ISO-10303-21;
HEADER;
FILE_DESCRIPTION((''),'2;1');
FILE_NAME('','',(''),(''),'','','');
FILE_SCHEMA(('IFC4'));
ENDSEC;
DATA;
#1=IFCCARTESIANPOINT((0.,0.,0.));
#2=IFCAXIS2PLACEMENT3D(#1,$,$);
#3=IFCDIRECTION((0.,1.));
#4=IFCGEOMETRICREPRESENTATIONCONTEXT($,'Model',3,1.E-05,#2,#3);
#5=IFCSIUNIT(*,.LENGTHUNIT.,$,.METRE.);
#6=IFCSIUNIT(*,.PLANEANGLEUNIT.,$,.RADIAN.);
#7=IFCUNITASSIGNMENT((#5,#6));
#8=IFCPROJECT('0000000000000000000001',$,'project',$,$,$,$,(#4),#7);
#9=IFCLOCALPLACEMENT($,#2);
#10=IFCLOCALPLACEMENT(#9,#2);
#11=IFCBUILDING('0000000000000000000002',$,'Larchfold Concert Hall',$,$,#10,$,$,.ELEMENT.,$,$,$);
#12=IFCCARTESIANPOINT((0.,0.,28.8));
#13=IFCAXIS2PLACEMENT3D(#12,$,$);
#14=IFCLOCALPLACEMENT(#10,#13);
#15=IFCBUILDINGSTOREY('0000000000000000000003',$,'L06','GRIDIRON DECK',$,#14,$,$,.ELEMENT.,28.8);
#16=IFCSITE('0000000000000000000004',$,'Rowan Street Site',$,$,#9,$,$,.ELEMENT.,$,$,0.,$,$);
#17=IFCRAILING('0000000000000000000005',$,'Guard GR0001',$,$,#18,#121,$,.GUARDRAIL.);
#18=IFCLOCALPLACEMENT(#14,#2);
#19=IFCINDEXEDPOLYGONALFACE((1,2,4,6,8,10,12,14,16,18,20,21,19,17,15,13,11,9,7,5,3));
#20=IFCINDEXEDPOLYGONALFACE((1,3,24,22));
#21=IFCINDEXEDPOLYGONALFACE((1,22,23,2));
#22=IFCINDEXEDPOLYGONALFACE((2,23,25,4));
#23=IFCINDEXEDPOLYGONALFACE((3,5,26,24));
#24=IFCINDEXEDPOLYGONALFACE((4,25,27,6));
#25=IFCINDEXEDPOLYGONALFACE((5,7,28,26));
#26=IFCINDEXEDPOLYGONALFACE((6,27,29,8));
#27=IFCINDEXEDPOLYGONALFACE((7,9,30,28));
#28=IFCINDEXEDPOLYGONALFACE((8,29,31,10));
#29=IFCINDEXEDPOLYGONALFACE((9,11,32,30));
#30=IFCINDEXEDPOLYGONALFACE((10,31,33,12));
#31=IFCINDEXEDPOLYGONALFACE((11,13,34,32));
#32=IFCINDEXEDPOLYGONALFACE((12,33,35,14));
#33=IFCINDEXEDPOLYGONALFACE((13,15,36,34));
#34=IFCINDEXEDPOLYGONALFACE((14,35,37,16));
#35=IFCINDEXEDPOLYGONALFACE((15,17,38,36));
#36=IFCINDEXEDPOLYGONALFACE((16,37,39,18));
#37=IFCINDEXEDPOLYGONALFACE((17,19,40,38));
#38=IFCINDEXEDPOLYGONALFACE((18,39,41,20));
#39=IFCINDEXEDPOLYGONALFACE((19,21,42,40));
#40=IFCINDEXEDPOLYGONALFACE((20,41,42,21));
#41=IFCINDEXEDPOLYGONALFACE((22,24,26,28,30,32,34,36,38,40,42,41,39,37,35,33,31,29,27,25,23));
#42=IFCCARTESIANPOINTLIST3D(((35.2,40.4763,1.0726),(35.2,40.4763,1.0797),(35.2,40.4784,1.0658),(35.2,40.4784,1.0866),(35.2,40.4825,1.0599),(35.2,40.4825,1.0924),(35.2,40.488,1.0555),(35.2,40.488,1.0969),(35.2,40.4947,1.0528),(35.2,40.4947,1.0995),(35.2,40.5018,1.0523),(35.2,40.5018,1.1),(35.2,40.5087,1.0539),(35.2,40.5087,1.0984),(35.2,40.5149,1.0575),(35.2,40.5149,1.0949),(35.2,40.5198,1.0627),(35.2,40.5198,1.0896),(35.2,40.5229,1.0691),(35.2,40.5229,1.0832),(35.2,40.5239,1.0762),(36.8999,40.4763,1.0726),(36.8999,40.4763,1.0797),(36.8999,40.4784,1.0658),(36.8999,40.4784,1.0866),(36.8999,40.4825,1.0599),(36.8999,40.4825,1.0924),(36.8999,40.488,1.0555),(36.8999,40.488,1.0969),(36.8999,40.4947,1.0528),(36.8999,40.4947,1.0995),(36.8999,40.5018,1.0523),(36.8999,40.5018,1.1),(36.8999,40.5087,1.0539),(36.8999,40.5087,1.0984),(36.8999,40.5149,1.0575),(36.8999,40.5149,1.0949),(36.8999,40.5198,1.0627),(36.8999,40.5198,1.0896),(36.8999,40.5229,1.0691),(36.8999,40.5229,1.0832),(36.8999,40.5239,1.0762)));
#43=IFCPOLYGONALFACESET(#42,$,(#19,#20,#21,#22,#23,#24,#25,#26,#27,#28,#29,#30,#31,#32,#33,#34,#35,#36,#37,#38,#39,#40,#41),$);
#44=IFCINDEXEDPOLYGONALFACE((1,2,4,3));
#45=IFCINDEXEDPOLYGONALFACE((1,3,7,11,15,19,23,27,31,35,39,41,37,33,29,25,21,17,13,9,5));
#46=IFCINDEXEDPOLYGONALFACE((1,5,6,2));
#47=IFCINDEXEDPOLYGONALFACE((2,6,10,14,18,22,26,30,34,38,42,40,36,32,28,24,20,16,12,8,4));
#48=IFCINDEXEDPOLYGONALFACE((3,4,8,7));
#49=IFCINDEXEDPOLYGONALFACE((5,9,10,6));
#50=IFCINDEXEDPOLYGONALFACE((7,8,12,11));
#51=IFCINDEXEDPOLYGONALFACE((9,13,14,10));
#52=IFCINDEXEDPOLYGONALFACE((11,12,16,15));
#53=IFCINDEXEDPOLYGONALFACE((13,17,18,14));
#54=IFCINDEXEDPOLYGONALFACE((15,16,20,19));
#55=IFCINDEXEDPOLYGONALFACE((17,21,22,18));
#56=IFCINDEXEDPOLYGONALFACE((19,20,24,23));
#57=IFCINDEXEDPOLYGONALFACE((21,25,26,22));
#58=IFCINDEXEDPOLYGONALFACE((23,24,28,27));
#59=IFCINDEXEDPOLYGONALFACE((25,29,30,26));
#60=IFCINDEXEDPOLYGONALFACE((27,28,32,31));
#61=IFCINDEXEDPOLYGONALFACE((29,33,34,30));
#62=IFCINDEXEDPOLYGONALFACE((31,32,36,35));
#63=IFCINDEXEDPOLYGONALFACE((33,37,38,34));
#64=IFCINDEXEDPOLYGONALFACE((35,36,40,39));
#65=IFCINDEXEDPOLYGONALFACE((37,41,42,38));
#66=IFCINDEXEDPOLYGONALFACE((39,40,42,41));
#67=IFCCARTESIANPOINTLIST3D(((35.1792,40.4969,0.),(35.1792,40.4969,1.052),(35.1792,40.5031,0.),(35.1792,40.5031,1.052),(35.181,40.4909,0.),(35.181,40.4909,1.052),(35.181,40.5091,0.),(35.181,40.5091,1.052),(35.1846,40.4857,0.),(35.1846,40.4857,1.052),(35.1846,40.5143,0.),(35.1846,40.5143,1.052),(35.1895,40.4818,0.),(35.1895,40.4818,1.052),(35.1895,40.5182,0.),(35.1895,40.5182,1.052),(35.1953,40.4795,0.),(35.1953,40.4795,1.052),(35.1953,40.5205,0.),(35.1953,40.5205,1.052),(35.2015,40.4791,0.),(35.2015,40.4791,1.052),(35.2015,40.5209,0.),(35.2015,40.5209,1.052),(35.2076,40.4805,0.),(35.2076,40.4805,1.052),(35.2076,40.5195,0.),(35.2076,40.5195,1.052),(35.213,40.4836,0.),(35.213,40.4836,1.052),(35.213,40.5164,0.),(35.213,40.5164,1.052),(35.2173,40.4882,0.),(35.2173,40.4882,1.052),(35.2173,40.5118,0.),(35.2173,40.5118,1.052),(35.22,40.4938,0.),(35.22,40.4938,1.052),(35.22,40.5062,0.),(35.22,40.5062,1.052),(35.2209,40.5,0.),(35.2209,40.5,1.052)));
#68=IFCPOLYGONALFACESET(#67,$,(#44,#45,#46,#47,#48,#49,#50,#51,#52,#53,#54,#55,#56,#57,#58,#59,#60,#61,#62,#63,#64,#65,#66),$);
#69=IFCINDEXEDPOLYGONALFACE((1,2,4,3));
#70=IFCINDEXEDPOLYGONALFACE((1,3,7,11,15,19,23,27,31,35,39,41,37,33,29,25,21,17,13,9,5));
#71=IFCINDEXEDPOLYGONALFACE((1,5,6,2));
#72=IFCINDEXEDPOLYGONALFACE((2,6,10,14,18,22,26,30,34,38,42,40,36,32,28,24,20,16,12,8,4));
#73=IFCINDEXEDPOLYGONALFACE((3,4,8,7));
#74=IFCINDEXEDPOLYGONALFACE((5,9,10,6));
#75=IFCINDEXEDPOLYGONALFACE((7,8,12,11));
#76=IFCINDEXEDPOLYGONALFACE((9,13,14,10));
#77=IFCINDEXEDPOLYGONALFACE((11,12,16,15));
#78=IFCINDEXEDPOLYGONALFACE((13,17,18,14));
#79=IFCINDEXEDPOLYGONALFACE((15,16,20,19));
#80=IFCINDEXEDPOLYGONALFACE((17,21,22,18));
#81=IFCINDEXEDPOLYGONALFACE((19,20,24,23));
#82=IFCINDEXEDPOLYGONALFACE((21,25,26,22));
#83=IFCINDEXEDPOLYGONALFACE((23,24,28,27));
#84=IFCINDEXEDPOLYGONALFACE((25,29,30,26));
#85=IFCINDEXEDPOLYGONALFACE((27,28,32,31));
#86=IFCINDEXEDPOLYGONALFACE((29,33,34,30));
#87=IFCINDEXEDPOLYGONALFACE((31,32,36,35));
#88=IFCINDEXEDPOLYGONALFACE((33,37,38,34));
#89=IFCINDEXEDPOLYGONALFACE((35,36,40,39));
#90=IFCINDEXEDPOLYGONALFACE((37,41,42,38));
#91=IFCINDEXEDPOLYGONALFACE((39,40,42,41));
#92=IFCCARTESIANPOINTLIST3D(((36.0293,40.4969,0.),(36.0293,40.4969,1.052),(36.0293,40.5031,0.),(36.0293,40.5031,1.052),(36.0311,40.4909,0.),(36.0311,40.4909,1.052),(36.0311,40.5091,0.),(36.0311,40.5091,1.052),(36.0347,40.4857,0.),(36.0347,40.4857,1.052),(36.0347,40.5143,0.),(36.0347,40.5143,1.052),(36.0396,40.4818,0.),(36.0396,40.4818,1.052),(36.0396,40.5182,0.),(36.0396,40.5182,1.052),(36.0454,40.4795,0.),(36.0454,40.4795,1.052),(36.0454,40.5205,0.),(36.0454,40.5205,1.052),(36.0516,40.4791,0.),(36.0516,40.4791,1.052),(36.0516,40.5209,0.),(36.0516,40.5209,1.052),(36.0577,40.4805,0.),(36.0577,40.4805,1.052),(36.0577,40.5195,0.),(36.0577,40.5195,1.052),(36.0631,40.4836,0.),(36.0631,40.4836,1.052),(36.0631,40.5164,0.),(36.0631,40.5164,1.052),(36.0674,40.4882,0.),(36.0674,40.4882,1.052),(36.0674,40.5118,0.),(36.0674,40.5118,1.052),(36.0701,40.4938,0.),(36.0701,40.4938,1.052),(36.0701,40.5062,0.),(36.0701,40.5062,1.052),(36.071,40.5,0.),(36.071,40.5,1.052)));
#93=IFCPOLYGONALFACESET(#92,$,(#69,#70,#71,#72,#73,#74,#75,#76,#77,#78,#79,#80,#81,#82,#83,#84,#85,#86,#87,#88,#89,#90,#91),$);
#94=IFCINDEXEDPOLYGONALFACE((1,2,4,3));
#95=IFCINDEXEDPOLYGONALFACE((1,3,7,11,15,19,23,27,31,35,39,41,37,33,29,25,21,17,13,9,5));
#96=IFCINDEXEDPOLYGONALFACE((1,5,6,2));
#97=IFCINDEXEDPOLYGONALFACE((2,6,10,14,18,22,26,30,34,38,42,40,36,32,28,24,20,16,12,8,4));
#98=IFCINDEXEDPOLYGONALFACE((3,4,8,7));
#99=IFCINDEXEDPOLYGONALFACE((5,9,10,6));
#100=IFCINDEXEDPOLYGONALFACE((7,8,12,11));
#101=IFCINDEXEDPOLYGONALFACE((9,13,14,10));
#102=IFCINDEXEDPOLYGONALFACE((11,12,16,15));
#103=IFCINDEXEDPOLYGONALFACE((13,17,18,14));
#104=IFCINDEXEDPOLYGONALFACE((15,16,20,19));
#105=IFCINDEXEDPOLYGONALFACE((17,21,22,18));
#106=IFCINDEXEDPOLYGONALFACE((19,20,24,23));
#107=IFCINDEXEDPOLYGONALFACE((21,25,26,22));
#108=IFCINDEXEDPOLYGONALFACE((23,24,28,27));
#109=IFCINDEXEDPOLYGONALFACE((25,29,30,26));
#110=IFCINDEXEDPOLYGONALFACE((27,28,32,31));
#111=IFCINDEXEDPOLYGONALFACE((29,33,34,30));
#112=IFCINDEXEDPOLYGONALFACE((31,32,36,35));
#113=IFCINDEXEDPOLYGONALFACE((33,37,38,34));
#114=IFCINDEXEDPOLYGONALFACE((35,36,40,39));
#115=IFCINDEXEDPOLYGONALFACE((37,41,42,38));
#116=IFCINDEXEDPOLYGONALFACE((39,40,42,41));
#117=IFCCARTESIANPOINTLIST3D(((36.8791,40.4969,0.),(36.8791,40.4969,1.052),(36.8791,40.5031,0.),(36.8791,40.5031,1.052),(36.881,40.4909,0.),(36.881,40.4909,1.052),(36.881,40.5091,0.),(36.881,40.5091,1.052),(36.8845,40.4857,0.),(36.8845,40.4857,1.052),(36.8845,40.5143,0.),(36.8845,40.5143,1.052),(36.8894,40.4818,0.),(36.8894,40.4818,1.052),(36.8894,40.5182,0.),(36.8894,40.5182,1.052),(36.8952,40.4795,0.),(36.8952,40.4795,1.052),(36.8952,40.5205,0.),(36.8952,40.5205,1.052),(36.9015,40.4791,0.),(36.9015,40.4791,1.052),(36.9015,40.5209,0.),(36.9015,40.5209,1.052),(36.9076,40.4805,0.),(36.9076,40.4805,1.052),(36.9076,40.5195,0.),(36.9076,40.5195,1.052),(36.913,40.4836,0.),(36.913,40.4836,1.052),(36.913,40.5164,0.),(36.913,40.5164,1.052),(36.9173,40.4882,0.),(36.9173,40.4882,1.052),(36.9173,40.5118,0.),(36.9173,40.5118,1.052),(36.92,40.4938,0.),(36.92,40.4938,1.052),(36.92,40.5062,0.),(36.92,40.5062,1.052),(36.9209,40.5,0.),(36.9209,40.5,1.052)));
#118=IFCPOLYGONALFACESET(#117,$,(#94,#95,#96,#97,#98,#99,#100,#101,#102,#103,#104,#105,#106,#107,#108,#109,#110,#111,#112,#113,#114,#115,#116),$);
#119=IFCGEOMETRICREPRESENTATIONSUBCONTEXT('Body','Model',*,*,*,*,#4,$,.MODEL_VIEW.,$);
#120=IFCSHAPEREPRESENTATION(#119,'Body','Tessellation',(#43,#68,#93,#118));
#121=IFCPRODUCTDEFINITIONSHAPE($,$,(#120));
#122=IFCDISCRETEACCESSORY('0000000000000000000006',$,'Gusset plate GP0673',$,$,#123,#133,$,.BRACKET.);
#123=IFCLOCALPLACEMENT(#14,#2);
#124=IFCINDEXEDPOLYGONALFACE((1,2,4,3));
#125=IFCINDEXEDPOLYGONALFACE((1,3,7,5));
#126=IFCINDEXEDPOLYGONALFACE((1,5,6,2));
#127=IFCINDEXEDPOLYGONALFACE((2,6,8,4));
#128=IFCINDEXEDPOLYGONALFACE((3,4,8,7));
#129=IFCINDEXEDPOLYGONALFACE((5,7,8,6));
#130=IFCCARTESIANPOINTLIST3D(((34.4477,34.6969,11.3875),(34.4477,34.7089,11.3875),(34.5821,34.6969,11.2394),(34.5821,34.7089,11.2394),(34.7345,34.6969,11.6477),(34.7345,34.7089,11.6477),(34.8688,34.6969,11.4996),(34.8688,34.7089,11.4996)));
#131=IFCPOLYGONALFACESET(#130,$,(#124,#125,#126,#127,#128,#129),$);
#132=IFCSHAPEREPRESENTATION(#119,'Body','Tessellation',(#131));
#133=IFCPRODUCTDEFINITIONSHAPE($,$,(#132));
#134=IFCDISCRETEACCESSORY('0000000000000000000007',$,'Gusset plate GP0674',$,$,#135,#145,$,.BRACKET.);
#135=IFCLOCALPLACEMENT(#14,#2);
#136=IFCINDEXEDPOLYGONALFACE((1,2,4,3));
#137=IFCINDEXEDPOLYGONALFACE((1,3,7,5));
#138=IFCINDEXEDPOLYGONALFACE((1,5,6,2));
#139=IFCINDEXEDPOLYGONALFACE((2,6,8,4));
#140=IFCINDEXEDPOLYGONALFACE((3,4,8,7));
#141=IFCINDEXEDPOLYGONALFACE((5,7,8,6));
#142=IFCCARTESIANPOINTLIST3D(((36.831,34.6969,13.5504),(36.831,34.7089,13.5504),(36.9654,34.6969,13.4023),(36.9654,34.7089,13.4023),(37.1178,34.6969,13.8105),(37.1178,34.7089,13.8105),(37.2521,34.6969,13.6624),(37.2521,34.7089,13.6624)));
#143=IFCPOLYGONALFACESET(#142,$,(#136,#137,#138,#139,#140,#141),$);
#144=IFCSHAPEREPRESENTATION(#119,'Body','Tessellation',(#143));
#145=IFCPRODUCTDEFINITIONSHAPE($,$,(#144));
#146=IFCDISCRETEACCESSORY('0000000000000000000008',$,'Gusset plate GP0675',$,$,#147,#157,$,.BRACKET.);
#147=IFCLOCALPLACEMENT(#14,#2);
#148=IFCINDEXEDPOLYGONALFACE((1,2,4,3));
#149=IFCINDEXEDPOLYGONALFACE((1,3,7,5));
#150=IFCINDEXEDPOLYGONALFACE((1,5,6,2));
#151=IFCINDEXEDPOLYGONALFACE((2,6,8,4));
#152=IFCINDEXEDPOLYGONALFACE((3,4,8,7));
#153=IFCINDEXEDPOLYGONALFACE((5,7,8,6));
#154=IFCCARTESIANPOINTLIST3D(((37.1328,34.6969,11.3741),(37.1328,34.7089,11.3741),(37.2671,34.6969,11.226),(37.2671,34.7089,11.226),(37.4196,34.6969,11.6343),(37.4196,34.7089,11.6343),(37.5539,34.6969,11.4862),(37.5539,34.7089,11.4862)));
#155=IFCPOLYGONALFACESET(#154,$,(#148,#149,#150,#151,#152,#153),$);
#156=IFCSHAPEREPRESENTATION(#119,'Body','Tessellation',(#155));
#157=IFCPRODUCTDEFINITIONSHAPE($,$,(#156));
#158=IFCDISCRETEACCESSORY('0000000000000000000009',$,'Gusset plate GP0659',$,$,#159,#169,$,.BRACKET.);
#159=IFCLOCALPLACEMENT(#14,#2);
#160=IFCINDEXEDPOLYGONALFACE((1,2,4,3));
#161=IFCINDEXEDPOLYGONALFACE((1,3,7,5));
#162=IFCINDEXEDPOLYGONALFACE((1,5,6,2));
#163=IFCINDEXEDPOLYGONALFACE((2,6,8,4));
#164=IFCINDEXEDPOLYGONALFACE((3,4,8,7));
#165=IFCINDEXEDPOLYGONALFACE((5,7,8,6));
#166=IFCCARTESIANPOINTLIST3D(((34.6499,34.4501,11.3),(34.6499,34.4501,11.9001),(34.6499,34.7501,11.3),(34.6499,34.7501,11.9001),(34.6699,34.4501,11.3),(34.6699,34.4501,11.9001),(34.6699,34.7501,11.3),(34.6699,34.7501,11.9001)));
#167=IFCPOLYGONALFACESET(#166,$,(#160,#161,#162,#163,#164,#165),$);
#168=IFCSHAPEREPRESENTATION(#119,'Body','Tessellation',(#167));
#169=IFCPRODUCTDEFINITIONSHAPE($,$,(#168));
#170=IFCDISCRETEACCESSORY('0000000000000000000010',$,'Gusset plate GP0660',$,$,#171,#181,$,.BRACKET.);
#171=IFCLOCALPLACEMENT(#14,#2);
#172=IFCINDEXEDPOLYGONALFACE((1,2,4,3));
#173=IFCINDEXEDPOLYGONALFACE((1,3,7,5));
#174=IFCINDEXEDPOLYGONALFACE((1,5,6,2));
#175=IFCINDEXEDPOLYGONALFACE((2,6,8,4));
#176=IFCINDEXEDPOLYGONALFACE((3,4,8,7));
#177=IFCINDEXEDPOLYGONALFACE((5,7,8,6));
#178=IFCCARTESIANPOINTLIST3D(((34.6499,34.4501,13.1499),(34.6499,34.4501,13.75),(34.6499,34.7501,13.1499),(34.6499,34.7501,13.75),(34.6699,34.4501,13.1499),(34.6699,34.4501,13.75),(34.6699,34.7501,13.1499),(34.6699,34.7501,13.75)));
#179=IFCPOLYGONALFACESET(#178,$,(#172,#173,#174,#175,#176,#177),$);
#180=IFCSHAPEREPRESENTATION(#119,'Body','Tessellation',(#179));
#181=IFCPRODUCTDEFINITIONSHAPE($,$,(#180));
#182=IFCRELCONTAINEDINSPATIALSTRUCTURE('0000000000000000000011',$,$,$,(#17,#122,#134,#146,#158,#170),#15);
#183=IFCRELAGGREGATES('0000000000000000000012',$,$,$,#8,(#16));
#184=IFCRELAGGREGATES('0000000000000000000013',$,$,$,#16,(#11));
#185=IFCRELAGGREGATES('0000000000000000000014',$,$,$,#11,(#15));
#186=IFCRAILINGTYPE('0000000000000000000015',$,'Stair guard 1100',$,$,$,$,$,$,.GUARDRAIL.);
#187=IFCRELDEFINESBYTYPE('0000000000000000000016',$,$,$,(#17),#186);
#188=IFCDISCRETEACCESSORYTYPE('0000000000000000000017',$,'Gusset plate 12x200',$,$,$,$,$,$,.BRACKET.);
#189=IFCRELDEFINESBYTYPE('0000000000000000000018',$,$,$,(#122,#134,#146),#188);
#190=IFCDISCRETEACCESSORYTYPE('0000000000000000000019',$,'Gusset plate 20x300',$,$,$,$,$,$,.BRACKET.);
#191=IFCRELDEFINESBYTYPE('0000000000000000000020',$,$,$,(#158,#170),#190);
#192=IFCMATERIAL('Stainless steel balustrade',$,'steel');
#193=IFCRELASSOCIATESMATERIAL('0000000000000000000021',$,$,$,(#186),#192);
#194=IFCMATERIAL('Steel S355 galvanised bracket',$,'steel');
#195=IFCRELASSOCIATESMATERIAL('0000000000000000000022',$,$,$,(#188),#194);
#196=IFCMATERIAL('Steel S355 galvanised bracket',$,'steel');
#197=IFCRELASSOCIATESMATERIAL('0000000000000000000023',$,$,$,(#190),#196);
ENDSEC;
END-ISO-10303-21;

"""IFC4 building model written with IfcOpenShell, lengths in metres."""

from ifc_helpers import new_model, si_unit, direction, frame, origin, origin_2d, place, context, subcontext, project, spatial, rectangle, circle, extrude, material, material_profile, profile_set, type_object, element, save


model = new_model("IFC4")

# Units and contexts
model_context = context("Model", 3, precision=1e-05, world=origin(), true_north=direction((0.0, 1.0)))
body_context = subcontext(model_context, "Body", "Model", "MODEL_VIEW")
ifc_project = project(units=[si_unit("LENGTHUNIT", "METRE"), si_unit("PLANEANGLEUNIT", "RADIAN")], contexts=[model_context])

# Site, building, storey
site_placement = place(None, origin())
site = spatial("IfcSite", under=ifc_project, at=site_placement, Name="Rowan Street Site", CompositionType="ELEMENT", RefElevation=0.0)
building_placement = place(site_placement, origin())
building = spatial("IfcBuilding", under=site, at=building_placement, Name="Larchfold Concert Hall", CompositionType="ELEMENT")
storey_placement = place(building_placement, frame((0.0, 0.0, 28.8)))
storey = spatial("IfcBuildingStorey", under=building, at=storey_placement, Name="L06", Description="GRIDIRON DECK", CompositionType="ELEMENT", Elevation=28.8)

# Railing
ifc_material_1 = material(Name="Stainless steel balustrade", Category="steel")
railing_type = type_object("IfcRailingType", Name="Stair guard 1100", PredefinedType="GUARDRAIL", material=ifc_material_1)
railing_placement = place(storey_placement, frame((35.2, 40.5, 0.0)))
element("IfcRailing", 1, at=railing_placement, inside=storey, type_object=railing_type, Name="Guard GR0001", PredefinedType="GUARDRAIL", context=body_context, shape_type="SweptSolid", body=[
    extrude(circle(Radius=0.0239, at=origin_2d()), frame((0.0, 0.0, 1.0762), z_axis=(1.0, 0.0, 0.0), x_axis=(0.0, 1.0, 0.0)), (0.0, 0.0, 1.0), 1.7),
    extrude(circle(Radius=0.021, at=origin_2d()), origin(), (0.0, 0.0, 1.0), 1.052),
    extrude(circle(Radius=0.021, at=origin_2d()), frame((0.8501, 0.0, 0.0)), (0.0, 0.0, 1.0), 1.052),
    extrude(circle(Radius=0.021, at=origin_2d()), frame((1.7, 0.0, 0.0)), (0.0, 0.0, 1.0), 1.052),
])

# Discrete accessories
ifc_material_2 = material(Name="Steel S355 galvanised bracket", Category="steel")
ifc_material_profile_1 = material_profile(ifc_material_2, rectangle(XDim=0.012, YDim=0.2, at=origin_2d()))
ifc_profile_set_1 = profile_set([ifc_material_profile_1], Name="Steel S355 galvanised bracket")
discrete_accessory_type_1 = type_object("IfcDiscreteAccessoryType", Name="Gusset plate 12x200", PredefinedType="BRACKET", material=ifc_profile_set_1)
for number, where, z_axis, x_axis, name in (
    (2, (34.5149, 34.7029, 11.3135), (0.740624, 0.0, 0.671919), (0.0, 1.0, 0.0), "Gusset plate GP0673"),
    (3, (36.8982, 34.7029, 13.4763), (0.740624, 0.0, 0.671919), (0.0, 1.0, 0.0), "Gusset plate GP0674"),
    (4, (37.2, 34.7029, 11.3), (0.740624, 0.0, 0.671919), (0.0, 1.0, 0.0), "Gusset plate GP0675"),
):
    element("IfcDiscreteAccessory", number, at=place(storey_placement, frame(where, z_axis=z_axis, x_axis=x_axis)), inside=storey, type_object=discrete_accessory_type_1, Name=name, PredefinedType="BRACKET", context=body_context, shape_type="SweptSolid", body=[
        extrude(rectangle(XDim=0.012, YDim=0.2, at=origin_2d()), origin(), (0.0, 0.0, 1.0), 0.3872),
    ])
ifc_material_3 = material(Name="Steel S355 galvanised bracket", Category="steel")
ifc_material_profile_2 = material_profile(ifc_material_3, rectangle(XDim=0.02, YDim=0.3, at=origin_2d()))
ifc_profile_set_2 = profile_set([ifc_material_profile_2], Name="Steel S355 galvanised bracket")
discrete_accessory_type_2 = type_object("IfcDiscreteAccessoryType", Name="Gusset plate 20x300", PredefinedType="BRACKET", material=ifc_profile_set_2)
for number, where, z_axis, x_axis, name in (
    (5, (34.6599, 34.6001, 11.3), (0.0, 0.0, 1.0), (1.0, 0.0, 0.0), "Gusset plate GP0659"),
    (6, (34.6599, 34.6001, 13.1499), (0.0, 0.0, 1.0), (1.0, 0.0, 0.0), "Gusset plate GP0660"),
):
    element("IfcDiscreteAccessory", number, at=place(storey_placement, frame(where, z_axis=z_axis, x_axis=x_axis)), inside=storey, type_object=discrete_accessory_type_2, Name=name, PredefinedType="BRACKET", context=body_context, shape_type="SweptSolid", body=[
        extrude(rectangle(XDim=0.02, YDim=0.3, at=origin_2d()), origin(), (0.0, 0.0, 1.0), 0.6001),
    ])

save(model, "model.ifc")
